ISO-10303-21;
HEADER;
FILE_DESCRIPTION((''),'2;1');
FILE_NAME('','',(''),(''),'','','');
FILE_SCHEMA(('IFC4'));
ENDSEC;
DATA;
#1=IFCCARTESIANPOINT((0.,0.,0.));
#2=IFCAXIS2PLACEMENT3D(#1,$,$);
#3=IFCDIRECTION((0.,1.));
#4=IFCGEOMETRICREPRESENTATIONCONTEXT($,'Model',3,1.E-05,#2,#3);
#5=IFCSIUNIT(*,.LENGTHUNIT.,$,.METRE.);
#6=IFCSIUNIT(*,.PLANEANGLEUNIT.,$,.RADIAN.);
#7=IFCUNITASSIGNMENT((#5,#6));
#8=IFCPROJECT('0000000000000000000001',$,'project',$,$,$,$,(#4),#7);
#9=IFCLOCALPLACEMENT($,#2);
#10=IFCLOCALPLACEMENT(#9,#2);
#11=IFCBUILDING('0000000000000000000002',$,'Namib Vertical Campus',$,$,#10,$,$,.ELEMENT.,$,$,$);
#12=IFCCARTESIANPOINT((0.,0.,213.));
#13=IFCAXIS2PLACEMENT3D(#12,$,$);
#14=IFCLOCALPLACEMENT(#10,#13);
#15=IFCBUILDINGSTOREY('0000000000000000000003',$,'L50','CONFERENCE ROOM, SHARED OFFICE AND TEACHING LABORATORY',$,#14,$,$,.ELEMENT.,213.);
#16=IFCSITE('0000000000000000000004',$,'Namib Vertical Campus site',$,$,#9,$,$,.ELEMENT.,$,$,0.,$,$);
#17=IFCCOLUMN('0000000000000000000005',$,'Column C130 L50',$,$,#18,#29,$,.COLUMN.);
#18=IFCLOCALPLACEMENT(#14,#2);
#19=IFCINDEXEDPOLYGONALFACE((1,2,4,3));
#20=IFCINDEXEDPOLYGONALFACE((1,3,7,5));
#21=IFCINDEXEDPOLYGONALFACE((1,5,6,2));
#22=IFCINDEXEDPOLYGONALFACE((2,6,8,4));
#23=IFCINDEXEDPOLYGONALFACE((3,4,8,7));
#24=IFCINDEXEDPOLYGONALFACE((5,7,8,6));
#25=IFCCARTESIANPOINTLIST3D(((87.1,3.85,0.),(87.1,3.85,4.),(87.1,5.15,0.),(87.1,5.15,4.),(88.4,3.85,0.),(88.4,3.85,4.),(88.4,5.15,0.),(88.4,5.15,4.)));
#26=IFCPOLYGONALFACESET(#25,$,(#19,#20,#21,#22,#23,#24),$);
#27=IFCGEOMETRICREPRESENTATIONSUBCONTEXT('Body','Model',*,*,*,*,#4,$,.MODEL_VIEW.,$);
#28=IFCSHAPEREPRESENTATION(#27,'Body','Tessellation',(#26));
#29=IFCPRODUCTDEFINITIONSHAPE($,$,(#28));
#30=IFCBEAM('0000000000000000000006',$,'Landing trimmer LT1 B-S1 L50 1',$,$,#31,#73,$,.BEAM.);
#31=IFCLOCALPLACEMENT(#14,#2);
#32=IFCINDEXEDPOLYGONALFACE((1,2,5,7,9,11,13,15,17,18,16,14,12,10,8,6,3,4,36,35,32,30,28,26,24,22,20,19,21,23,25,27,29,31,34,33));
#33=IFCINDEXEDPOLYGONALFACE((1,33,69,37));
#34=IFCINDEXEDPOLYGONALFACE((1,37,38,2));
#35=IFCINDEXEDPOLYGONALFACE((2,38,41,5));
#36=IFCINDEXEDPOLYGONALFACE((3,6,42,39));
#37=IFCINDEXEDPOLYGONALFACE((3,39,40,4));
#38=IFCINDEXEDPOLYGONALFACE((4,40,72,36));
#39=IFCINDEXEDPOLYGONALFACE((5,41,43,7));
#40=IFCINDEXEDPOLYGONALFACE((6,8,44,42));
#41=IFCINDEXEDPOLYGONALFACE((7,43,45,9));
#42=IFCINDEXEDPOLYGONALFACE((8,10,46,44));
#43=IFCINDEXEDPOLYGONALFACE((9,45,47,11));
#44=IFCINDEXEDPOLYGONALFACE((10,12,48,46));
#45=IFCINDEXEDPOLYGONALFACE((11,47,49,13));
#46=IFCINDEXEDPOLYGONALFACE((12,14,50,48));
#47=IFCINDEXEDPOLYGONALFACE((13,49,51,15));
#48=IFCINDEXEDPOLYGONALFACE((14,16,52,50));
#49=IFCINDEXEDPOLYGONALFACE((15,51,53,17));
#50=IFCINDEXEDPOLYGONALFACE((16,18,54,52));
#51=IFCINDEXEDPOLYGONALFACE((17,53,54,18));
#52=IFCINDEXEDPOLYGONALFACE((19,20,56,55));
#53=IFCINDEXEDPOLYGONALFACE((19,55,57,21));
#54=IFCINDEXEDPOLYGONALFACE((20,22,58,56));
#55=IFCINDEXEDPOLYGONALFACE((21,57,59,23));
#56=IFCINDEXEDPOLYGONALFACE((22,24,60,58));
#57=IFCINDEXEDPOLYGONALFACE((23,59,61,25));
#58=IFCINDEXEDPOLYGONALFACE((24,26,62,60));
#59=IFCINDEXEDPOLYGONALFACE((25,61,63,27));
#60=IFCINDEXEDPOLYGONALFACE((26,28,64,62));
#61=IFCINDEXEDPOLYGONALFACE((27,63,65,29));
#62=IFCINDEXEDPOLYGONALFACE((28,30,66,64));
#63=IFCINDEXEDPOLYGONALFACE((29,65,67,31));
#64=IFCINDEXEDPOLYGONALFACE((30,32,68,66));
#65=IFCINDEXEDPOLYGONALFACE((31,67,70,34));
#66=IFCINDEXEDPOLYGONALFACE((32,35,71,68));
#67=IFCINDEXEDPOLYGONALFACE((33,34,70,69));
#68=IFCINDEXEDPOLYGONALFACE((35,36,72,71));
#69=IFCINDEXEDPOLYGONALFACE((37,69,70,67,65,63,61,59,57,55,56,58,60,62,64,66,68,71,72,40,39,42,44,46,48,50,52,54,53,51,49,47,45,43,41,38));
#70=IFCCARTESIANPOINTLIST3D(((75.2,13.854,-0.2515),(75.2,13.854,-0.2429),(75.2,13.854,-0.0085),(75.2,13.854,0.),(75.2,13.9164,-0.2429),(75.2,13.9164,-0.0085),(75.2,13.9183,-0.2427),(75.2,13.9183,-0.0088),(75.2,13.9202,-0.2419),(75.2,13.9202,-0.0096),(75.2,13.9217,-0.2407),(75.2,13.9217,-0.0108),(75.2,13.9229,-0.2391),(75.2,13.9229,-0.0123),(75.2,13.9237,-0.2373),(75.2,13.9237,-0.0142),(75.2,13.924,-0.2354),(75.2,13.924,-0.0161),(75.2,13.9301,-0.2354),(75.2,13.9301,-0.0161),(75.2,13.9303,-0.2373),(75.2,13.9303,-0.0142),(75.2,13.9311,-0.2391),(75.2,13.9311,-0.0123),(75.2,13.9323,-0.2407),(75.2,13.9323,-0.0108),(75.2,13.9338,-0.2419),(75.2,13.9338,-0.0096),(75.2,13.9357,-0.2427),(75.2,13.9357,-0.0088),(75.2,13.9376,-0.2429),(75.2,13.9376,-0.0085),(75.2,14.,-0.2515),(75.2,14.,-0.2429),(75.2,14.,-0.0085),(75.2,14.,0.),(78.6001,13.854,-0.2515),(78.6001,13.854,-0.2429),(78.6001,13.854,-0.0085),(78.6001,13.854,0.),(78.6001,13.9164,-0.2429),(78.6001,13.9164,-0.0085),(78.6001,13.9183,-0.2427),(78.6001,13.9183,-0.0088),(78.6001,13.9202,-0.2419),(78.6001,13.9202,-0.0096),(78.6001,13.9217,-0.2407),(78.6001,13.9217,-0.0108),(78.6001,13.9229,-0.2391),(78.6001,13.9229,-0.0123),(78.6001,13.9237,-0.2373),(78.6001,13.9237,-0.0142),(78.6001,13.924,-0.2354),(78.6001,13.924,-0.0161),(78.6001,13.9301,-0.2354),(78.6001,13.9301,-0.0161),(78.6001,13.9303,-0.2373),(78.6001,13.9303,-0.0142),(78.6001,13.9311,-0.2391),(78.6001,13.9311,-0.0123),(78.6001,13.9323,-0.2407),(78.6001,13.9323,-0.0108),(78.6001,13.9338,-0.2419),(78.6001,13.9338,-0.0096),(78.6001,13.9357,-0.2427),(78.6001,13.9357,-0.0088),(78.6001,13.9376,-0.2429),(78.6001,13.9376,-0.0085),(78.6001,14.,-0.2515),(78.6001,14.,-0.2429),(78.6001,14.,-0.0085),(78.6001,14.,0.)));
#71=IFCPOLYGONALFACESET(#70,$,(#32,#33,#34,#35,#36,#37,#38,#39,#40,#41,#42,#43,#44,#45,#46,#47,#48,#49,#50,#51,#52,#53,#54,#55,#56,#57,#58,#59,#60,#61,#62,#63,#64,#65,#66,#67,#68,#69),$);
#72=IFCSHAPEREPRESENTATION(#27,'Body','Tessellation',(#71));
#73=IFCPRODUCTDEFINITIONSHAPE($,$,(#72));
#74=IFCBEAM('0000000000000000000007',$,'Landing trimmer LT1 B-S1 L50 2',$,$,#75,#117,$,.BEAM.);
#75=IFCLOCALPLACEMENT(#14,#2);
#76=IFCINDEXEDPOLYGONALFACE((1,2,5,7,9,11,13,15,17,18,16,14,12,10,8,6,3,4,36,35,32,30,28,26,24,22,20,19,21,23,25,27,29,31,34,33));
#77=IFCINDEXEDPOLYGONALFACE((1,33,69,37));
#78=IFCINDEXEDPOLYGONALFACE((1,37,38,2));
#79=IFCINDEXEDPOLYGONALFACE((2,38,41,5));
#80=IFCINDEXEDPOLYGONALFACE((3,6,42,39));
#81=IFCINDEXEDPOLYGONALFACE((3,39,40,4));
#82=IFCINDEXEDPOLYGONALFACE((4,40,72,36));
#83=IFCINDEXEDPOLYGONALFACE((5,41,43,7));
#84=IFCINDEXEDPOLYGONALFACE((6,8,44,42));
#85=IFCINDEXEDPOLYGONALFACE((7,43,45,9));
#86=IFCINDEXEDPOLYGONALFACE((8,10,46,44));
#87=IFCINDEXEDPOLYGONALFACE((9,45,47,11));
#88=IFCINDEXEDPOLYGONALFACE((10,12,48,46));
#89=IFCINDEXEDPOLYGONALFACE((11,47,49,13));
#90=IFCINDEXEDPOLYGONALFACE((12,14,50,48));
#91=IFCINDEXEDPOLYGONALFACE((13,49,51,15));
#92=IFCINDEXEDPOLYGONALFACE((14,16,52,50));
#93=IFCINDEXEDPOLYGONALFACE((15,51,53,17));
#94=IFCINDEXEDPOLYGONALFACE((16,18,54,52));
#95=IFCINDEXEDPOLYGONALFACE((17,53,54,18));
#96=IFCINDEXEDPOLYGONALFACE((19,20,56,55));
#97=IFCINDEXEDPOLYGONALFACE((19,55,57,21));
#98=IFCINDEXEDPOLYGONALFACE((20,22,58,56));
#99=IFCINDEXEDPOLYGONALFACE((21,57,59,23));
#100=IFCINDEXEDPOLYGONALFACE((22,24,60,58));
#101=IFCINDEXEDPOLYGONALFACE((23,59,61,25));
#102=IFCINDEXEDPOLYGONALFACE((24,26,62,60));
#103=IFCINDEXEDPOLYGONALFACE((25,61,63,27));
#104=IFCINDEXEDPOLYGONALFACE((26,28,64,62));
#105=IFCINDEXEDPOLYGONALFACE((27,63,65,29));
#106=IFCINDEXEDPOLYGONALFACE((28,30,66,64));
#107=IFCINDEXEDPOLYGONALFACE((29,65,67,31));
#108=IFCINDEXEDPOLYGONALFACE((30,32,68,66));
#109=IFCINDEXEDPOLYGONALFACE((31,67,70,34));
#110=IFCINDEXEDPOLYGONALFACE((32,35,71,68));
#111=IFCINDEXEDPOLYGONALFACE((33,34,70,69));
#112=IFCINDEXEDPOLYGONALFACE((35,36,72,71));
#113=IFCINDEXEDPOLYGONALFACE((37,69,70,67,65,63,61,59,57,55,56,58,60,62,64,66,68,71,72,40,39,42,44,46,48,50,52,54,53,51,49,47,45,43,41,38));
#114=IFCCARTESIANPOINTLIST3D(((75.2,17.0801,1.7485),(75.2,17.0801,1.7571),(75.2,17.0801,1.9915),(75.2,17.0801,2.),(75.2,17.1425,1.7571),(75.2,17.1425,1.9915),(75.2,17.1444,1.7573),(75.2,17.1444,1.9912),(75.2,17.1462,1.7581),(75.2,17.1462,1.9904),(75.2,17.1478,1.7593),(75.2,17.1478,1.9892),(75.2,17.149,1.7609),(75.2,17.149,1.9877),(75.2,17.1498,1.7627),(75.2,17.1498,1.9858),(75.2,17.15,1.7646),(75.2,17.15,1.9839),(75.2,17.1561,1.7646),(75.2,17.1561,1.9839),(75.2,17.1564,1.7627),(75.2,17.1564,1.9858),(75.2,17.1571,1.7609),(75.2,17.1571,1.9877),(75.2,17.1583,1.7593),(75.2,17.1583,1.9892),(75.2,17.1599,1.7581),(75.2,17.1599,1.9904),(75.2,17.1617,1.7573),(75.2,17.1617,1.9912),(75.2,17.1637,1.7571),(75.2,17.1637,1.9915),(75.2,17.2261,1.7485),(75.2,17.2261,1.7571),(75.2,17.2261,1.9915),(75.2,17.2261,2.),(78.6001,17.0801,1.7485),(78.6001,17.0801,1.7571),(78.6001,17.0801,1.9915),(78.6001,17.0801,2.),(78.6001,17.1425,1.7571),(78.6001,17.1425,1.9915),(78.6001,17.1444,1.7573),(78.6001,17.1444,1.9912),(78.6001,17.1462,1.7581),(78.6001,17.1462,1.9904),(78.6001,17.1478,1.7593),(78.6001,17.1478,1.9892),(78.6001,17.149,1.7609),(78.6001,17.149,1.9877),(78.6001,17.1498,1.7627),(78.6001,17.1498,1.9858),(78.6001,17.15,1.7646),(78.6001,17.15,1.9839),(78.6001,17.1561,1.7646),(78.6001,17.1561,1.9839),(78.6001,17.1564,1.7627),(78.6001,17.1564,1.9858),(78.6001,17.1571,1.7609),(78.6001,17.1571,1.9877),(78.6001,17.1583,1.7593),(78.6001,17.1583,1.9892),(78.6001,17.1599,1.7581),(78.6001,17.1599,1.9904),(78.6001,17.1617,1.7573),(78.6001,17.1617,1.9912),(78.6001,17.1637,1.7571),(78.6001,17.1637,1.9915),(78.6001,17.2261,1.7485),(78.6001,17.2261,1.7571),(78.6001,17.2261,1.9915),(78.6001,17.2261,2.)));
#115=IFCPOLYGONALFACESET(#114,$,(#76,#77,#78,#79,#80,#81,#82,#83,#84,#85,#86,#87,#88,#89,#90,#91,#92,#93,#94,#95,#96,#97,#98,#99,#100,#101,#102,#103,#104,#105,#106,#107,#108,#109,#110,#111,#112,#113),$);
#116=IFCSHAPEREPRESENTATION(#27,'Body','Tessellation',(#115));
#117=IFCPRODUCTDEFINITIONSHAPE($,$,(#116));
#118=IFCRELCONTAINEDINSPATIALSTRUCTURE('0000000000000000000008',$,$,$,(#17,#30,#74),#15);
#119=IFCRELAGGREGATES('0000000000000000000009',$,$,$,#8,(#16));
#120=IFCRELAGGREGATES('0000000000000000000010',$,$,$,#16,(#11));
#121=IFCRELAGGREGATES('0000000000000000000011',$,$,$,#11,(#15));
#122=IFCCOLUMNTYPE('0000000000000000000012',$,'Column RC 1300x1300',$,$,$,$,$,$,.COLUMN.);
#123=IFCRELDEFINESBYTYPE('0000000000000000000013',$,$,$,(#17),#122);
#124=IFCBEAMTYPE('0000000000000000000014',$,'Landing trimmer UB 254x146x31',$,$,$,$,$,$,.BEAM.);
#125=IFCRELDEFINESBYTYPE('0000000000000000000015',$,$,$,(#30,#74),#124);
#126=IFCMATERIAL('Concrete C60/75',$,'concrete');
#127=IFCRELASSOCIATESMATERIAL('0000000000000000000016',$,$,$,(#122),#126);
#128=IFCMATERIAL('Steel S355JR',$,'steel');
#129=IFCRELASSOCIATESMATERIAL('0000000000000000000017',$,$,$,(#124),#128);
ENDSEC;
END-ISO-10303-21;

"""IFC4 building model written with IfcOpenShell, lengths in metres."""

from ifc_helpers import new_model, si_unit, direction, frame, origin, origin_2d, place, context, subcontext, project, spatial, rectangle, i_section, extrude, material, material_profile, profile_set, type_object, element, save


model = new_model("IFC4")

# Units and contexts
model_context = context("Model", 3, precision=1e-05, world=origin(), true_north=direction((0.0, 1.0)))
body_context = subcontext(model_context, "Body", "Model", "MODEL_VIEW")
ifc_project = project(units=[si_unit("LENGTHUNIT", "METRE"), si_unit("PLANEANGLEUNIT", "RADIAN")], contexts=[model_context])

# Site, building, storey
site_placement = place(None, origin())
site = spatial("IfcSite", under=ifc_project, at=site_placement, Name="Namib Vertical Campus site", CompositionType="ELEMENT", RefElevation=0.0)
building_placement = place(site_placement, origin())
building = spatial("IfcBuilding", under=site, at=building_placement, Name="Namib Vertical Campus", CompositionType="ELEMENT")
storey_placement = place(building_placement, frame((0.0, 0.0, 213.0)))
storey = spatial("IfcBuildingStorey", under=building, at=storey_placement, Name="L50", Description="CONFERENCE ROOM, SHARED OFFICE AND TEACHING LABORATORY", CompositionType="ELEMENT", Elevation=213.0)

# Column
ifc_material_1 = material(Name="Concrete C60/75", Category="concrete")
ifc_material_profile_1 = material_profile(ifc_material_1, rectangle(XDim=1.3, YDim=1.3, at=origin_2d()))
ifc_profile_set_1 = profile_set([ifc_material_profile_1], Name="Concrete C60/75")
column_type = type_object("IfcColumnType", Name="Column RC 1300x1300", PredefinedType="COLUMN", material=ifc_profile_set_1)
column_placement = place(storey_placement, frame((87.75, 4.5, 0.0), z_axis=(0.0, 0.0, 1.0), x_axis=(1.0, 0.0, 0.0)))
element("IfcColumn", 1, at=column_placement, inside=storey, type_object=column_type, Name="Column C130 L50", PredefinedType="COLUMN", context=body_context, shape_type="SweptSolid", body=[
    extrude(rectangle(XDim=1.3, YDim=1.3, at=origin_2d()), origin(), (0.0, 0.0, 1.0), 4.0),
])

# Beams
ifc_material_2 = material(Name="Steel S355JR", Category="steel")
ifc_material_profile_2 = material_profile(ifc_material_2, i_section(OverallWidth=0.146, OverallDepth=0.2515, WebThickness=0.0061, FlangeThickness=0.0085, FilletRadius=0.0076, at=origin_2d()))
ifc_profile_set_2 = profile_set([ifc_material_profile_2], Name="Steel S355JR")
beam_type = type_object("IfcBeamType", Name="Landing trimmer UB 254x146x31", PredefinedType="BEAM", material=ifc_profile_set_2)
for number, where, z_axis, x_axis, name in (
    (2, (75.2, 13.927, -0.1257), (1.0, 0.0, 0.0), (0.0, 1.0, 0.0), "Landing trimmer LT1 B-S1 L50 1"),
    (3, (75.2, 17.1531, 1.8743), (1.0, 0.0, 0.0), (0.0, 1.0, 0.0), "Landing trimmer LT1 B-S1 L50 2"),
):
    element("IfcBeam", number, at=place(storey_placement, frame(where, z_axis=z_axis, x_axis=x_axis)), inside=storey, type_object=beam_type, Name=name, PredefinedType="BEAM", context=body_context, shape_type="SweptSolid", body=[
        extrude(i_section(OverallWidth=0.146, OverallDepth=0.2515, WebThickness=0.0061, FlangeThickness=0.0085, FilletRadius=0.0076, at=origin_2d()), origin(), (0.0, 0.0, 1.0), 3.4001),
    ])

save(model, "model.ifc")
